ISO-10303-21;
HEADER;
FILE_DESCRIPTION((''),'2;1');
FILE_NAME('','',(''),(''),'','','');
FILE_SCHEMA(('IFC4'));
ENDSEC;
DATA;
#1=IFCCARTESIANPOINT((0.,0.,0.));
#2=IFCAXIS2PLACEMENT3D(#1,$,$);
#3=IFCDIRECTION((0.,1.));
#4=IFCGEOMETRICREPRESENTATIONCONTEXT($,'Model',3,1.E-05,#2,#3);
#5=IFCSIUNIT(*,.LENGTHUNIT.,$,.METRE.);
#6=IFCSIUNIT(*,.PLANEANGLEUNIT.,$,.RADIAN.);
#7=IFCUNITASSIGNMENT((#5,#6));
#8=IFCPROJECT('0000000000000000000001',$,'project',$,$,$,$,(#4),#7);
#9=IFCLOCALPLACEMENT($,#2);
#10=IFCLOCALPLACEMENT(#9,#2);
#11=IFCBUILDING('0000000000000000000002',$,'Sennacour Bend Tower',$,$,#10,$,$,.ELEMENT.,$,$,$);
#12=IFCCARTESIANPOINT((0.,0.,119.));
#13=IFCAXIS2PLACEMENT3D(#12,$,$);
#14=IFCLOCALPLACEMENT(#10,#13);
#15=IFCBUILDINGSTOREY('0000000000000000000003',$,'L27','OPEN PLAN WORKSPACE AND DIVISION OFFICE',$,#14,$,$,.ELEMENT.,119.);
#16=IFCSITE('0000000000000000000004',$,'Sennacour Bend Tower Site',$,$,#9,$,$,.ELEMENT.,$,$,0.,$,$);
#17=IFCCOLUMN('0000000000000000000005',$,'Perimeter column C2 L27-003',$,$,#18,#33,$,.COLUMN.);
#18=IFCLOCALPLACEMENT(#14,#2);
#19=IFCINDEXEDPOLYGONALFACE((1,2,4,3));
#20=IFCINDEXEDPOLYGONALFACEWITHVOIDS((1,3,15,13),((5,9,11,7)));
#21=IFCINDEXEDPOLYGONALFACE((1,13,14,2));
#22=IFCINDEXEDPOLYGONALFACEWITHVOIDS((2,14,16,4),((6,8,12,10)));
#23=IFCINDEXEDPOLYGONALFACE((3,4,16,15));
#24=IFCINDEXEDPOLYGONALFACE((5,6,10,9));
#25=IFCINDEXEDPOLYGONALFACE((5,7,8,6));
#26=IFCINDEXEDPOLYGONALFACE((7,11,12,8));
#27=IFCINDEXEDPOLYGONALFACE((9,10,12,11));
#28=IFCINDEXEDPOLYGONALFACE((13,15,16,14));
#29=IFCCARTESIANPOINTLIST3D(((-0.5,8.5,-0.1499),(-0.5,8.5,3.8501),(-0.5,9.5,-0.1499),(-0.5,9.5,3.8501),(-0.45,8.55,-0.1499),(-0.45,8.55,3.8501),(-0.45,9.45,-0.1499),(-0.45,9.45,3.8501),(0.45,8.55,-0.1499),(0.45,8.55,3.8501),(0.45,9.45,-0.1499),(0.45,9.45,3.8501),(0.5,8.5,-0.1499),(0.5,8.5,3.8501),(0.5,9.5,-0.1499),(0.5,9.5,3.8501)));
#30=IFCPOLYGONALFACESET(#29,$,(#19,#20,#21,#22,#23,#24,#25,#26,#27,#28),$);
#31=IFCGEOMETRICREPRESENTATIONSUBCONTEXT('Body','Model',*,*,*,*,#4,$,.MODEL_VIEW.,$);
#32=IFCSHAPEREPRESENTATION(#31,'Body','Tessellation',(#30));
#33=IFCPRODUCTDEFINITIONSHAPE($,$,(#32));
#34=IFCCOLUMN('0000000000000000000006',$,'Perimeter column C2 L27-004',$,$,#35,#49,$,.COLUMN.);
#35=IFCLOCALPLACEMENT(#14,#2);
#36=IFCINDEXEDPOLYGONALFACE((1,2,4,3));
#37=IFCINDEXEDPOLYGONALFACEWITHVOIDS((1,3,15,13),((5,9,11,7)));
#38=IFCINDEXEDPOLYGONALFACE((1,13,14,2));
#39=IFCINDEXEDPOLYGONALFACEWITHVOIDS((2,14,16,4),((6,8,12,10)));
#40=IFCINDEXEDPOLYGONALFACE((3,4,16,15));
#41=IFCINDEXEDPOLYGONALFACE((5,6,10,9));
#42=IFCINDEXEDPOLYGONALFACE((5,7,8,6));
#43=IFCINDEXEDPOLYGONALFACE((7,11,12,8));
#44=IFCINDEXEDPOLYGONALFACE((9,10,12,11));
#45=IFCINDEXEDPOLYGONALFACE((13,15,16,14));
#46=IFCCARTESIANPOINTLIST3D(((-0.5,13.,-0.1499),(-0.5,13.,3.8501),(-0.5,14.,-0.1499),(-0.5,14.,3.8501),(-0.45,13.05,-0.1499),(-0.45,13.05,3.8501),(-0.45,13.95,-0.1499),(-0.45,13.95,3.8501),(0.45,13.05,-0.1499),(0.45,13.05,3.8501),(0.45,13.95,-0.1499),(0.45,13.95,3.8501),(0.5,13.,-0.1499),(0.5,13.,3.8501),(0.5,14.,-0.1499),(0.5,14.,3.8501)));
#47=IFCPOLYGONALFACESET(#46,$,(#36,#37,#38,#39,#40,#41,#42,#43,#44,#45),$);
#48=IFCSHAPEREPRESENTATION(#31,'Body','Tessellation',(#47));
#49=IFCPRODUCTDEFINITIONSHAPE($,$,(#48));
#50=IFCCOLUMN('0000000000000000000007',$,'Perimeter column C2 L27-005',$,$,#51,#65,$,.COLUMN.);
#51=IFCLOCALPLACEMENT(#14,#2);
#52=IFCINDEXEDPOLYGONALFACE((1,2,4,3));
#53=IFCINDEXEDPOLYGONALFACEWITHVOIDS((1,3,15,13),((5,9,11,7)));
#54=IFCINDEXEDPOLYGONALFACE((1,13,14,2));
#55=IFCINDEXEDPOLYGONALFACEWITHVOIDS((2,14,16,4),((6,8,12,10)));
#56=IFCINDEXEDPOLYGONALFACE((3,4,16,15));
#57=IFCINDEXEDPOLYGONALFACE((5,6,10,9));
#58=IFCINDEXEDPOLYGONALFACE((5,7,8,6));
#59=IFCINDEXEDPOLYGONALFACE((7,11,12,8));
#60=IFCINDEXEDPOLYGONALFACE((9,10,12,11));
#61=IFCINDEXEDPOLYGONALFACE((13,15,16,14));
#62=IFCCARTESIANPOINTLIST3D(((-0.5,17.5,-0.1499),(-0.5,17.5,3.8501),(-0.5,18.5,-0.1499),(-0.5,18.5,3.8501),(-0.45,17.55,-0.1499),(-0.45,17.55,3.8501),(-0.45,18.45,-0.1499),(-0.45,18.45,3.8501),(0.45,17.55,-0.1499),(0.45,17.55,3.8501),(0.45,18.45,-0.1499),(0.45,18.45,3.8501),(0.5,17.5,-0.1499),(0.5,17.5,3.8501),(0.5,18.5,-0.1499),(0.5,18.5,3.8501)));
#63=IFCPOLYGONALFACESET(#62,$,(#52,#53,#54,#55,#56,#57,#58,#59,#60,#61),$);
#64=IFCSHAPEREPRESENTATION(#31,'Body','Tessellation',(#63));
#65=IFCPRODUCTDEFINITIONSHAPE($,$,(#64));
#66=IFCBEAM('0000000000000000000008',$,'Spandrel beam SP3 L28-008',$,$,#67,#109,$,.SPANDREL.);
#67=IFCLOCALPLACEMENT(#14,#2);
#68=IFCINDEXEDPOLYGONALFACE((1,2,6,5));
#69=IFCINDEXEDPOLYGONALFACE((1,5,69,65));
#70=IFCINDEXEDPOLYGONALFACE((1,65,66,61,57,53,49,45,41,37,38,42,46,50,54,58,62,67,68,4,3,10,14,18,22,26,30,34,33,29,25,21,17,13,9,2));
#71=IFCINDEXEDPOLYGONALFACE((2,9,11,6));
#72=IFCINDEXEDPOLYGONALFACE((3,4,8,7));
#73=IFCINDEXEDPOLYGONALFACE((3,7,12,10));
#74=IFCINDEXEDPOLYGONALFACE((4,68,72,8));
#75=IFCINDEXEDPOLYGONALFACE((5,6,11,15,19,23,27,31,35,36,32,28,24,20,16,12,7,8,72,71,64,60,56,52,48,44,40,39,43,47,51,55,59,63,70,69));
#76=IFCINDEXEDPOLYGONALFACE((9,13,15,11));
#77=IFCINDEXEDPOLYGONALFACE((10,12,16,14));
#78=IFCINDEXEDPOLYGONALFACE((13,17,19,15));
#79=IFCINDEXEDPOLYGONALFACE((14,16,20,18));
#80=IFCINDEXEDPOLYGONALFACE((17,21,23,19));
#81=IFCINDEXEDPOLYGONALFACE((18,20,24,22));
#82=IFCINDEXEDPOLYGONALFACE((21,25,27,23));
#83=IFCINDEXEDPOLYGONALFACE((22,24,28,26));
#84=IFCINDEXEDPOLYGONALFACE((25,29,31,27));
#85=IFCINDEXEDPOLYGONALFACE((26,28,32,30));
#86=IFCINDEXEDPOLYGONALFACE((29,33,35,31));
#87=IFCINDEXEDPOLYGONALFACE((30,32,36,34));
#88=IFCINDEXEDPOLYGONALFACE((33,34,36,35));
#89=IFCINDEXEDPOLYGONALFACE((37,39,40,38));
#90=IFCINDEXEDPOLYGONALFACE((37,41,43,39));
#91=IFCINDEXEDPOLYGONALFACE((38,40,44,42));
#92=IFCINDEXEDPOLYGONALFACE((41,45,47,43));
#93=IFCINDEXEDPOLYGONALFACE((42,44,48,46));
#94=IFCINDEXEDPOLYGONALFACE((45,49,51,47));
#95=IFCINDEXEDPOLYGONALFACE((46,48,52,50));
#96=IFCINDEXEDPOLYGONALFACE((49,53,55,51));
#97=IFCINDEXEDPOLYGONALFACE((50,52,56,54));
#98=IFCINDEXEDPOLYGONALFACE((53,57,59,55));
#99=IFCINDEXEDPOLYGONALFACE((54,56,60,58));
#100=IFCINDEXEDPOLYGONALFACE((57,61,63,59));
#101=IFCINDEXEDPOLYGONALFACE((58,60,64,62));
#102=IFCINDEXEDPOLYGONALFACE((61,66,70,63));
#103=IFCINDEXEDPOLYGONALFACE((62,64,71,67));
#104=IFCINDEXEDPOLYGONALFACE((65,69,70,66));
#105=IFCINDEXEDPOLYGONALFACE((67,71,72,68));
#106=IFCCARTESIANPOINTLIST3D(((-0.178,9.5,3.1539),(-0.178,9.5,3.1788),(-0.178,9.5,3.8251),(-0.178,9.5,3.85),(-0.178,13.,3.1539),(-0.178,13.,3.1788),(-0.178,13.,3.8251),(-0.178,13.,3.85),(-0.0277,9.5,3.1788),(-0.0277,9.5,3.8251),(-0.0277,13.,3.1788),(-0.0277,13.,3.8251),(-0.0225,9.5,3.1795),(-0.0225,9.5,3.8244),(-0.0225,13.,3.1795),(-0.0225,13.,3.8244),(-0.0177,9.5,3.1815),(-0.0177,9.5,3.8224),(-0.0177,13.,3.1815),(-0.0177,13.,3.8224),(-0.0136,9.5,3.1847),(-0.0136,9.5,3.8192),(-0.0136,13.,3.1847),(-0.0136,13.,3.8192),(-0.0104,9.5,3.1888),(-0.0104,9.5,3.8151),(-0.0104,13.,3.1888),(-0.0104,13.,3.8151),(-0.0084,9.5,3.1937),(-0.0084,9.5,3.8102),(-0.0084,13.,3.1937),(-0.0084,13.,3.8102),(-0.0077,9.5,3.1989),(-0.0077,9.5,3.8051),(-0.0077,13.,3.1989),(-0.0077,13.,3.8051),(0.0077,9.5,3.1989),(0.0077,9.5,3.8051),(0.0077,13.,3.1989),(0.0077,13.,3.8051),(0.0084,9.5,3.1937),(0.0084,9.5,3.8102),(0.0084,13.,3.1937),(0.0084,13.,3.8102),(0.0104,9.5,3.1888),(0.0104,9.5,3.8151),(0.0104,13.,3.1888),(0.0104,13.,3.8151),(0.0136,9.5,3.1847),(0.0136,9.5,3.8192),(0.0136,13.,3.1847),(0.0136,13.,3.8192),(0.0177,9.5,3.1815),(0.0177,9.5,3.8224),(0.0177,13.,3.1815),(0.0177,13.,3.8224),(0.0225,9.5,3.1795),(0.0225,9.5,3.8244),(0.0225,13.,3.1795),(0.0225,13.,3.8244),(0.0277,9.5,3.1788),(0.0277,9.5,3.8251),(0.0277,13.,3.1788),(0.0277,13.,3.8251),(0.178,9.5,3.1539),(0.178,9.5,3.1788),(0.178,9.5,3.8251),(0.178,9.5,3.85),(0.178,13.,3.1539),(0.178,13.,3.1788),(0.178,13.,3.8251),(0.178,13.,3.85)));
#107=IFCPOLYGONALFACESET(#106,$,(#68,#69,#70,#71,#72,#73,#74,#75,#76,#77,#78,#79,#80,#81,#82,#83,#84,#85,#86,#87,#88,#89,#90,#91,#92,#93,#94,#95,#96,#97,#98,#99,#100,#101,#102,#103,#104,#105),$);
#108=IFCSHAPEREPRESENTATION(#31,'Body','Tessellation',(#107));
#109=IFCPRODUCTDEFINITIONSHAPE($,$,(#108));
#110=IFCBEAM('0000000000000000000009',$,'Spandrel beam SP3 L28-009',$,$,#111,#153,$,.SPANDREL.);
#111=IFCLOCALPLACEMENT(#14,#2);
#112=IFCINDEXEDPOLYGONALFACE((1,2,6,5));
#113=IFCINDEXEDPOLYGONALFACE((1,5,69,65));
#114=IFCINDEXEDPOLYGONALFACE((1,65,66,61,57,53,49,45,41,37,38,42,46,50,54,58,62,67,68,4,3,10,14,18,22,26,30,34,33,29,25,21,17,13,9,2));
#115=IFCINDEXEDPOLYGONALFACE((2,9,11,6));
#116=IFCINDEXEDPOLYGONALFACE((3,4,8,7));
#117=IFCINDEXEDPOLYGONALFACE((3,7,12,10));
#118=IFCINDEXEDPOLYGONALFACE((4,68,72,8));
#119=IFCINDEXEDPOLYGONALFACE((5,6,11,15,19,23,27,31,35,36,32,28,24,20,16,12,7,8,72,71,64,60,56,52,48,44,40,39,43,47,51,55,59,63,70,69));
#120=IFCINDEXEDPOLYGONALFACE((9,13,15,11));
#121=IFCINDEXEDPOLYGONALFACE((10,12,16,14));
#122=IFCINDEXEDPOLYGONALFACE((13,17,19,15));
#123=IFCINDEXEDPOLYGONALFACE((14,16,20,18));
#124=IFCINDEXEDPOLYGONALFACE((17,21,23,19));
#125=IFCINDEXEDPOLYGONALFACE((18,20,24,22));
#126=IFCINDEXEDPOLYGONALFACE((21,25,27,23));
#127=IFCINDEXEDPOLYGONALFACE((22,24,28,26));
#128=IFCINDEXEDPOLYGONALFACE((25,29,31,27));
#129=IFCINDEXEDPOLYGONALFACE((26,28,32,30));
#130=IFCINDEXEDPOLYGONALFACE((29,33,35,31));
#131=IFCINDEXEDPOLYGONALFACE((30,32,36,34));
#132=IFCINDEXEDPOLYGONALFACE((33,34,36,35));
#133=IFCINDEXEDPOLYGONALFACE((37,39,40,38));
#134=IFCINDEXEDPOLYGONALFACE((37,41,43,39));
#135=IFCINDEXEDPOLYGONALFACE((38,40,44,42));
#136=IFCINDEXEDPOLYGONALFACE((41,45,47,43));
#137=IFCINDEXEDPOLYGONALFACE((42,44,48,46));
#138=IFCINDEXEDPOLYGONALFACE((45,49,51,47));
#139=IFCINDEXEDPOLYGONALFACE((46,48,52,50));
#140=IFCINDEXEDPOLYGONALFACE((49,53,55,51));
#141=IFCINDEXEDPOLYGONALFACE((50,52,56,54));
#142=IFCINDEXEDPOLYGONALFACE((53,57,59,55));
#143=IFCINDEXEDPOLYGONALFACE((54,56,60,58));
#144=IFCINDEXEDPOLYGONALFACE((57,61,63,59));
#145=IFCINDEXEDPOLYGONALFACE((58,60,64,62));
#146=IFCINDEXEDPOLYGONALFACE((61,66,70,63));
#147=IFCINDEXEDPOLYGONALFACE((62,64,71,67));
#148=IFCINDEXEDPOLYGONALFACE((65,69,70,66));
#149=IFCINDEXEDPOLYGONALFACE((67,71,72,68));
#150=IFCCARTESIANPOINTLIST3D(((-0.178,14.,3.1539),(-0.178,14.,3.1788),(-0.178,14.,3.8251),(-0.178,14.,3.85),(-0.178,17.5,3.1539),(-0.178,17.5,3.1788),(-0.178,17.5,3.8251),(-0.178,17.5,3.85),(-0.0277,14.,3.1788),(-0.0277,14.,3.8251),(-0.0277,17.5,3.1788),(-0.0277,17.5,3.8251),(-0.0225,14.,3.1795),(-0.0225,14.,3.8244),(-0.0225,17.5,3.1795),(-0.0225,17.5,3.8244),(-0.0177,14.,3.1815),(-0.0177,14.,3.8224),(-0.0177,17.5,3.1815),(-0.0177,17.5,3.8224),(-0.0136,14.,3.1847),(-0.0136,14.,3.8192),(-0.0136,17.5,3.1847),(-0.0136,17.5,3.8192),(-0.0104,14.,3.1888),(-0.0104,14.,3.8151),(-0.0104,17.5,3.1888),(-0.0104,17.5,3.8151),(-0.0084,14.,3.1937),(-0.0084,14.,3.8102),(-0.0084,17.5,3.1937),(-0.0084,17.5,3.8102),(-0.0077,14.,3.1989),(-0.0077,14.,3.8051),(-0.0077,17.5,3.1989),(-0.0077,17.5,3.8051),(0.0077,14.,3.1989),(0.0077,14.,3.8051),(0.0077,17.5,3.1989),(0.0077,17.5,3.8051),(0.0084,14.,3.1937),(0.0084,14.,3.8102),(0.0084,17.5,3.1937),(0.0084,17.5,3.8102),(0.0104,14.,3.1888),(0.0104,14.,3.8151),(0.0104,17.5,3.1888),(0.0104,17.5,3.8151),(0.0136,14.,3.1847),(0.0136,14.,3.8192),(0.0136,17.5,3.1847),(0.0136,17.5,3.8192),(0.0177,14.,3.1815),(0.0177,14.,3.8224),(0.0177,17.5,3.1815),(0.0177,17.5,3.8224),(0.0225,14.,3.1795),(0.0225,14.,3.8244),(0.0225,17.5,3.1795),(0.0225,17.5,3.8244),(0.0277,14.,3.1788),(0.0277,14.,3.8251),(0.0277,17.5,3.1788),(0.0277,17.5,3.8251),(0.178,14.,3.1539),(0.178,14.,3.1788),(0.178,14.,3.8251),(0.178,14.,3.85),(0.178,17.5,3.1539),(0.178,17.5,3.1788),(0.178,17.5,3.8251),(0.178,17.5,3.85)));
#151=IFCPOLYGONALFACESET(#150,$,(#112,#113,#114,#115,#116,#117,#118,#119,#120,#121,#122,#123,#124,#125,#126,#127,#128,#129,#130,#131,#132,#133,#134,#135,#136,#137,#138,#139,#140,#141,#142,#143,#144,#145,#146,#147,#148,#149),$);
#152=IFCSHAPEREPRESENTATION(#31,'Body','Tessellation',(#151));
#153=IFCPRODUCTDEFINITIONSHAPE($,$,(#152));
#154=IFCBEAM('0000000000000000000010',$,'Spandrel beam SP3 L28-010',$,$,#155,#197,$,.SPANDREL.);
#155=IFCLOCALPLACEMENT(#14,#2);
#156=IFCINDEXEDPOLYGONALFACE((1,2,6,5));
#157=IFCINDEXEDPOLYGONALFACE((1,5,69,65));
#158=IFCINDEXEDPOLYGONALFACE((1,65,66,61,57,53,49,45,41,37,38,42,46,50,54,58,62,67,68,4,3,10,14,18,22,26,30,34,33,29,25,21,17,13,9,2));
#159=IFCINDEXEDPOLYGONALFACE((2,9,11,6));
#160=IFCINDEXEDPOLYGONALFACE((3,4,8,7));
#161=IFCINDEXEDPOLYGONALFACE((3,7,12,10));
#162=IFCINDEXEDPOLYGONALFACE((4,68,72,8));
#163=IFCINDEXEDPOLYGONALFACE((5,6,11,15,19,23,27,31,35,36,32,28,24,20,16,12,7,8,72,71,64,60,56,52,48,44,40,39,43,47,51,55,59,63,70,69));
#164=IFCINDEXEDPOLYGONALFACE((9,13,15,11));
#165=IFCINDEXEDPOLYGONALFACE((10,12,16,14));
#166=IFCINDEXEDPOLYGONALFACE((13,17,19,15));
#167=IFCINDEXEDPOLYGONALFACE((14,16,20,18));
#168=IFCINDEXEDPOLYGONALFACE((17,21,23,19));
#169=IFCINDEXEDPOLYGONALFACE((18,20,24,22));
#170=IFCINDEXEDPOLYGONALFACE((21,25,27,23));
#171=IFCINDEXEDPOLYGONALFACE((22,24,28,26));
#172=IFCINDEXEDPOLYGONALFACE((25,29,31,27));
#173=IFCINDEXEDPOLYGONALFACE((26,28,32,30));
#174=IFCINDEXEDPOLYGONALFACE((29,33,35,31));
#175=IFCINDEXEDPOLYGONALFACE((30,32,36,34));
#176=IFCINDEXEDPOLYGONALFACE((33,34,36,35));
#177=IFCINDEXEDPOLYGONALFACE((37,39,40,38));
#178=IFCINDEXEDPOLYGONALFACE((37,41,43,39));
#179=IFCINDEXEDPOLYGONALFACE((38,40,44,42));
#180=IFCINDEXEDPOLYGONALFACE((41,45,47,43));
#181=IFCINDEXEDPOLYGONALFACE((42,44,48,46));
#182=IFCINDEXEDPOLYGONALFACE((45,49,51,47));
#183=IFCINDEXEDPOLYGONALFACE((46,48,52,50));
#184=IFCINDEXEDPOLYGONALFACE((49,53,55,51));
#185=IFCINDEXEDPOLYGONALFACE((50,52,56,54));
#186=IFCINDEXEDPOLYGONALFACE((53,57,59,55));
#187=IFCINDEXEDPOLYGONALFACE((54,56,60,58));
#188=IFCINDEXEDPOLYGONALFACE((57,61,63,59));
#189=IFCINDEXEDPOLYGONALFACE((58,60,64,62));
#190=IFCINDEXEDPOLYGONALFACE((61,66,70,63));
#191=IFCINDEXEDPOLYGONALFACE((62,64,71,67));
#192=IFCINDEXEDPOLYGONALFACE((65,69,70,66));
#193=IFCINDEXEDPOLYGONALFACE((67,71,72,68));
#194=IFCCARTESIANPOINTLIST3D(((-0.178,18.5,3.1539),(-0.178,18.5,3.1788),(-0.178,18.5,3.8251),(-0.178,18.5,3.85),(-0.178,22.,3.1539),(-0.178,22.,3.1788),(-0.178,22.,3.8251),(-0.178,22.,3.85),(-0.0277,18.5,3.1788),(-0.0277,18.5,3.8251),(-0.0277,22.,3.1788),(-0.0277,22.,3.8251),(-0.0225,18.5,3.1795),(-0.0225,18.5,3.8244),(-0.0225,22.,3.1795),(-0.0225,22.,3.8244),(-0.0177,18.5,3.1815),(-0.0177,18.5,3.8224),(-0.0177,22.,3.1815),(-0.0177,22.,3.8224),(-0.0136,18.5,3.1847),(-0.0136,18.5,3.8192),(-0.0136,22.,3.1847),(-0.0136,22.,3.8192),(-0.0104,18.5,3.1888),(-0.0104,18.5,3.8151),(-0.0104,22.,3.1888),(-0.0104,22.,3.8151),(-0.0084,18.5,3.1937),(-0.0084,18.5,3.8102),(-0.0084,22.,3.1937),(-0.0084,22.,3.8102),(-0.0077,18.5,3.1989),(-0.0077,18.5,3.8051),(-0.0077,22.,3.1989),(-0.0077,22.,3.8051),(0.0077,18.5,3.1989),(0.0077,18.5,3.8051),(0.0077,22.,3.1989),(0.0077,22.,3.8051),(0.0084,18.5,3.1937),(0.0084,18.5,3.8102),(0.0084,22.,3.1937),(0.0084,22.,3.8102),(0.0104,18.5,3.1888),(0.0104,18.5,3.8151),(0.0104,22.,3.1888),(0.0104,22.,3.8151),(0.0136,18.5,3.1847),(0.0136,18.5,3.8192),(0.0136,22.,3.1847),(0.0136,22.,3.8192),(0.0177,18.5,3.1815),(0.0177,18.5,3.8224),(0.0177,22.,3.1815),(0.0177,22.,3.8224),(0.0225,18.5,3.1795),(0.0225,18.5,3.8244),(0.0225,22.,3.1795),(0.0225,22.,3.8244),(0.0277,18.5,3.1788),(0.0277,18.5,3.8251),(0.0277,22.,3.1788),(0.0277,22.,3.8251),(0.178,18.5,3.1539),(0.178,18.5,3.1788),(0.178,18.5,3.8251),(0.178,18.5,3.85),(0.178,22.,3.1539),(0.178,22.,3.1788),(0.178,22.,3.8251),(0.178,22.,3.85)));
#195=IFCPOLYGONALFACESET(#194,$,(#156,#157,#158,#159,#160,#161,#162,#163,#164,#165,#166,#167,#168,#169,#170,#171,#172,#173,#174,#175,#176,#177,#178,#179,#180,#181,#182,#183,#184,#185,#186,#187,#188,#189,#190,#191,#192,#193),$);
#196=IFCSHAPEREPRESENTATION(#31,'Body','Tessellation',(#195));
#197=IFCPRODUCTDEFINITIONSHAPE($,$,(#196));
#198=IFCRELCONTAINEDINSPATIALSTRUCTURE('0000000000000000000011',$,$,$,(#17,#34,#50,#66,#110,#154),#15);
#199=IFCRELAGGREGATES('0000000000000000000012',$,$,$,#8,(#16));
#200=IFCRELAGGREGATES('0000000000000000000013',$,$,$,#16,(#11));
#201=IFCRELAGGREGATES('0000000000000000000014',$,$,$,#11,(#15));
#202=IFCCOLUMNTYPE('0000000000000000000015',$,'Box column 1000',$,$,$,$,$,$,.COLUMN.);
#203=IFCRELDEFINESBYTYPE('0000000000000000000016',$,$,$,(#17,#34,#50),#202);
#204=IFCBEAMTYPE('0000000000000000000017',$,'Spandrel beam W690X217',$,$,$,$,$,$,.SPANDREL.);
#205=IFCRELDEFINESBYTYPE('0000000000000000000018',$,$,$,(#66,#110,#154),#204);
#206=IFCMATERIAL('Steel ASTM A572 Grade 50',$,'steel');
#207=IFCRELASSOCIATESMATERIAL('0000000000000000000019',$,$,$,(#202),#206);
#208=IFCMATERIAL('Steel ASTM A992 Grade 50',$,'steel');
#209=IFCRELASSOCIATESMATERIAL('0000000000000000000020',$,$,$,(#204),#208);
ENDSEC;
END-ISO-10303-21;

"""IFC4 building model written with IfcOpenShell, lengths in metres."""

from ifc_helpers import new_model, si_unit, direction, frame, origin, origin_2d, place, context, subcontext, project, spatial, hollow_rectangle, i_section, extrude, material, material_profile, profile_set, type_object, element, save


model = new_model("IFC4")

# Units and contexts
model_context = context("Model", 3, precision=1e-05, world=origin(), true_north=direction((0.0, 1.0)))
body_context = subcontext(model_context, "Body", "Model", "MODEL_VIEW")
ifc_project = project(units=[si_unit("LENGTHUNIT", "METRE"), si_unit("PLANEANGLEUNIT", "RADIAN")], contexts=[model_context])

# Site, building, storey
site_placement = place(None, origin())
site = spatial("IfcSite", under=ifc_project, at=site_placement, Name="Sennacour Bend Tower Site", CompositionType="ELEMENT", RefElevation=0.0)
building_placement = place(site_placement, origin())
building = spatial("IfcBuilding", under=site, at=building_placement, Name="Sennacour Bend Tower", CompositionType="ELEMENT")
storey_placement = place(building_placement, frame((0.0, 0.0, 119.0)))
storey = spatial("IfcBuildingStorey", under=building, at=storey_placement, Name="L27", Description="OPEN PLAN WORKSPACE AND DIVISION OFFICE", CompositionType="ELEMENT", Elevation=119.0)

# Columns
ifc_material_1 = material(Name="Steel ASTM A572 Grade 50", Category="steel")
ifc_material_profile_1 = material_profile(ifc_material_1, hollow_rectangle(XDim=1.0, YDim=1.0, WallThickness=0.05, at=origin_2d()), Name="Steel ASTM A572 Grade 50", Category="steel")
ifc_profile_set_1 = profile_set([ifc_material_profile_1], Name="Steel ASTM A572 Grade 50")
column_type = type_object("IfcColumnType", Name="Box column 1000", PredefinedType="COLUMN", material=ifc_profile_set_1)
for number, where, z_axis, x_axis, name in (
    (1, (0.0, 9.0, -0.1499), (0.0, 0.0, 1.0), (1.0, 0.0, 0.0), "Perimeter column C2 L27-003"),
    (2, (0.0, 13.5, -0.1499), (0.0, 0.0, 1.0), (1.0, 0.0, 0.0), "Perimeter column C2 L27-004"),
    (3, (0.0, 18.0, -0.1499), (0.0, 0.0, 1.0), (1.0, 0.0, 0.0), "Perimeter column C2 L27-005"),
):
    element("IfcColumn", number, at=place(storey_placement, frame(where, z_axis=z_axis, x_axis=x_axis)), inside=storey, type_object=column_type, Name=name, PredefinedType="COLUMN", context=body_context, shape_type="SweptSolid", body=[
        extrude(hollow_rectangle(XDim=1.0, YDim=1.0, WallThickness=0.05, at=origin_2d()), origin(), (0.0, 0.0, 1.0), 4.0),
    ])

# Beams
ifc_material_2 = material(Name="Steel ASTM A992 Grade 50", Category="steel")
ifc_material_profile_2 = material_profile(ifc_material_2, i_section(OverallWidth=0.356, OverallDepth=0.696, WebThickness=0.0154, FlangeThickness=0.0249, FilletRadius=0.02, at=origin_2d()), Name="Steel ASTM A992 Grade 50", Category="steel")
ifc_profile_set_2 = profile_set([ifc_material_profile_2], Name="Steel ASTM A992 Grade 50")
beam_type = type_object("IfcBeamType", Name="Spandrel beam W690X217", PredefinedType="SPANDREL", material=ifc_profile_set_2)
for number, where, z_axis, x_axis, name in (
    (4, (0.0, 9.5, 3.502), (0.0, 1.0, 0.0), (-1.0, 0.0, 0.0), "Spandrel beam SP3 L28-008"),
    (5, (0.0, 14.0, 3.502), (0.0, 1.0, 0.0), (-1.0, 0.0, 0.0), "Spandrel beam SP3 L28-009"),
    (6, (0.0, 18.5, 3.502), (0.0, 1.0, 0.0), (-1.0, 0.0, 0.0), "Spandrel beam SP3 L28-010"),
):
    element("IfcBeam", number, at=place(storey_placement, frame(where, z_axis=z_axis, x_axis=x_axis)), inside=storey, type_object=beam_type, Name=name, PredefinedType="SPANDREL", context=body_context, shape_type="SweptSolid", body=[
        extrude(i_section(OverallWidth=0.356, OverallDepth=0.696, WebThickness=0.0154, FlangeThickness=0.0249, FilletRadius=0.02, at=origin_2d()), origin(), (0.0, 0.0, 1.0), 3.5),
    ])

save(model, "model.ifc")
